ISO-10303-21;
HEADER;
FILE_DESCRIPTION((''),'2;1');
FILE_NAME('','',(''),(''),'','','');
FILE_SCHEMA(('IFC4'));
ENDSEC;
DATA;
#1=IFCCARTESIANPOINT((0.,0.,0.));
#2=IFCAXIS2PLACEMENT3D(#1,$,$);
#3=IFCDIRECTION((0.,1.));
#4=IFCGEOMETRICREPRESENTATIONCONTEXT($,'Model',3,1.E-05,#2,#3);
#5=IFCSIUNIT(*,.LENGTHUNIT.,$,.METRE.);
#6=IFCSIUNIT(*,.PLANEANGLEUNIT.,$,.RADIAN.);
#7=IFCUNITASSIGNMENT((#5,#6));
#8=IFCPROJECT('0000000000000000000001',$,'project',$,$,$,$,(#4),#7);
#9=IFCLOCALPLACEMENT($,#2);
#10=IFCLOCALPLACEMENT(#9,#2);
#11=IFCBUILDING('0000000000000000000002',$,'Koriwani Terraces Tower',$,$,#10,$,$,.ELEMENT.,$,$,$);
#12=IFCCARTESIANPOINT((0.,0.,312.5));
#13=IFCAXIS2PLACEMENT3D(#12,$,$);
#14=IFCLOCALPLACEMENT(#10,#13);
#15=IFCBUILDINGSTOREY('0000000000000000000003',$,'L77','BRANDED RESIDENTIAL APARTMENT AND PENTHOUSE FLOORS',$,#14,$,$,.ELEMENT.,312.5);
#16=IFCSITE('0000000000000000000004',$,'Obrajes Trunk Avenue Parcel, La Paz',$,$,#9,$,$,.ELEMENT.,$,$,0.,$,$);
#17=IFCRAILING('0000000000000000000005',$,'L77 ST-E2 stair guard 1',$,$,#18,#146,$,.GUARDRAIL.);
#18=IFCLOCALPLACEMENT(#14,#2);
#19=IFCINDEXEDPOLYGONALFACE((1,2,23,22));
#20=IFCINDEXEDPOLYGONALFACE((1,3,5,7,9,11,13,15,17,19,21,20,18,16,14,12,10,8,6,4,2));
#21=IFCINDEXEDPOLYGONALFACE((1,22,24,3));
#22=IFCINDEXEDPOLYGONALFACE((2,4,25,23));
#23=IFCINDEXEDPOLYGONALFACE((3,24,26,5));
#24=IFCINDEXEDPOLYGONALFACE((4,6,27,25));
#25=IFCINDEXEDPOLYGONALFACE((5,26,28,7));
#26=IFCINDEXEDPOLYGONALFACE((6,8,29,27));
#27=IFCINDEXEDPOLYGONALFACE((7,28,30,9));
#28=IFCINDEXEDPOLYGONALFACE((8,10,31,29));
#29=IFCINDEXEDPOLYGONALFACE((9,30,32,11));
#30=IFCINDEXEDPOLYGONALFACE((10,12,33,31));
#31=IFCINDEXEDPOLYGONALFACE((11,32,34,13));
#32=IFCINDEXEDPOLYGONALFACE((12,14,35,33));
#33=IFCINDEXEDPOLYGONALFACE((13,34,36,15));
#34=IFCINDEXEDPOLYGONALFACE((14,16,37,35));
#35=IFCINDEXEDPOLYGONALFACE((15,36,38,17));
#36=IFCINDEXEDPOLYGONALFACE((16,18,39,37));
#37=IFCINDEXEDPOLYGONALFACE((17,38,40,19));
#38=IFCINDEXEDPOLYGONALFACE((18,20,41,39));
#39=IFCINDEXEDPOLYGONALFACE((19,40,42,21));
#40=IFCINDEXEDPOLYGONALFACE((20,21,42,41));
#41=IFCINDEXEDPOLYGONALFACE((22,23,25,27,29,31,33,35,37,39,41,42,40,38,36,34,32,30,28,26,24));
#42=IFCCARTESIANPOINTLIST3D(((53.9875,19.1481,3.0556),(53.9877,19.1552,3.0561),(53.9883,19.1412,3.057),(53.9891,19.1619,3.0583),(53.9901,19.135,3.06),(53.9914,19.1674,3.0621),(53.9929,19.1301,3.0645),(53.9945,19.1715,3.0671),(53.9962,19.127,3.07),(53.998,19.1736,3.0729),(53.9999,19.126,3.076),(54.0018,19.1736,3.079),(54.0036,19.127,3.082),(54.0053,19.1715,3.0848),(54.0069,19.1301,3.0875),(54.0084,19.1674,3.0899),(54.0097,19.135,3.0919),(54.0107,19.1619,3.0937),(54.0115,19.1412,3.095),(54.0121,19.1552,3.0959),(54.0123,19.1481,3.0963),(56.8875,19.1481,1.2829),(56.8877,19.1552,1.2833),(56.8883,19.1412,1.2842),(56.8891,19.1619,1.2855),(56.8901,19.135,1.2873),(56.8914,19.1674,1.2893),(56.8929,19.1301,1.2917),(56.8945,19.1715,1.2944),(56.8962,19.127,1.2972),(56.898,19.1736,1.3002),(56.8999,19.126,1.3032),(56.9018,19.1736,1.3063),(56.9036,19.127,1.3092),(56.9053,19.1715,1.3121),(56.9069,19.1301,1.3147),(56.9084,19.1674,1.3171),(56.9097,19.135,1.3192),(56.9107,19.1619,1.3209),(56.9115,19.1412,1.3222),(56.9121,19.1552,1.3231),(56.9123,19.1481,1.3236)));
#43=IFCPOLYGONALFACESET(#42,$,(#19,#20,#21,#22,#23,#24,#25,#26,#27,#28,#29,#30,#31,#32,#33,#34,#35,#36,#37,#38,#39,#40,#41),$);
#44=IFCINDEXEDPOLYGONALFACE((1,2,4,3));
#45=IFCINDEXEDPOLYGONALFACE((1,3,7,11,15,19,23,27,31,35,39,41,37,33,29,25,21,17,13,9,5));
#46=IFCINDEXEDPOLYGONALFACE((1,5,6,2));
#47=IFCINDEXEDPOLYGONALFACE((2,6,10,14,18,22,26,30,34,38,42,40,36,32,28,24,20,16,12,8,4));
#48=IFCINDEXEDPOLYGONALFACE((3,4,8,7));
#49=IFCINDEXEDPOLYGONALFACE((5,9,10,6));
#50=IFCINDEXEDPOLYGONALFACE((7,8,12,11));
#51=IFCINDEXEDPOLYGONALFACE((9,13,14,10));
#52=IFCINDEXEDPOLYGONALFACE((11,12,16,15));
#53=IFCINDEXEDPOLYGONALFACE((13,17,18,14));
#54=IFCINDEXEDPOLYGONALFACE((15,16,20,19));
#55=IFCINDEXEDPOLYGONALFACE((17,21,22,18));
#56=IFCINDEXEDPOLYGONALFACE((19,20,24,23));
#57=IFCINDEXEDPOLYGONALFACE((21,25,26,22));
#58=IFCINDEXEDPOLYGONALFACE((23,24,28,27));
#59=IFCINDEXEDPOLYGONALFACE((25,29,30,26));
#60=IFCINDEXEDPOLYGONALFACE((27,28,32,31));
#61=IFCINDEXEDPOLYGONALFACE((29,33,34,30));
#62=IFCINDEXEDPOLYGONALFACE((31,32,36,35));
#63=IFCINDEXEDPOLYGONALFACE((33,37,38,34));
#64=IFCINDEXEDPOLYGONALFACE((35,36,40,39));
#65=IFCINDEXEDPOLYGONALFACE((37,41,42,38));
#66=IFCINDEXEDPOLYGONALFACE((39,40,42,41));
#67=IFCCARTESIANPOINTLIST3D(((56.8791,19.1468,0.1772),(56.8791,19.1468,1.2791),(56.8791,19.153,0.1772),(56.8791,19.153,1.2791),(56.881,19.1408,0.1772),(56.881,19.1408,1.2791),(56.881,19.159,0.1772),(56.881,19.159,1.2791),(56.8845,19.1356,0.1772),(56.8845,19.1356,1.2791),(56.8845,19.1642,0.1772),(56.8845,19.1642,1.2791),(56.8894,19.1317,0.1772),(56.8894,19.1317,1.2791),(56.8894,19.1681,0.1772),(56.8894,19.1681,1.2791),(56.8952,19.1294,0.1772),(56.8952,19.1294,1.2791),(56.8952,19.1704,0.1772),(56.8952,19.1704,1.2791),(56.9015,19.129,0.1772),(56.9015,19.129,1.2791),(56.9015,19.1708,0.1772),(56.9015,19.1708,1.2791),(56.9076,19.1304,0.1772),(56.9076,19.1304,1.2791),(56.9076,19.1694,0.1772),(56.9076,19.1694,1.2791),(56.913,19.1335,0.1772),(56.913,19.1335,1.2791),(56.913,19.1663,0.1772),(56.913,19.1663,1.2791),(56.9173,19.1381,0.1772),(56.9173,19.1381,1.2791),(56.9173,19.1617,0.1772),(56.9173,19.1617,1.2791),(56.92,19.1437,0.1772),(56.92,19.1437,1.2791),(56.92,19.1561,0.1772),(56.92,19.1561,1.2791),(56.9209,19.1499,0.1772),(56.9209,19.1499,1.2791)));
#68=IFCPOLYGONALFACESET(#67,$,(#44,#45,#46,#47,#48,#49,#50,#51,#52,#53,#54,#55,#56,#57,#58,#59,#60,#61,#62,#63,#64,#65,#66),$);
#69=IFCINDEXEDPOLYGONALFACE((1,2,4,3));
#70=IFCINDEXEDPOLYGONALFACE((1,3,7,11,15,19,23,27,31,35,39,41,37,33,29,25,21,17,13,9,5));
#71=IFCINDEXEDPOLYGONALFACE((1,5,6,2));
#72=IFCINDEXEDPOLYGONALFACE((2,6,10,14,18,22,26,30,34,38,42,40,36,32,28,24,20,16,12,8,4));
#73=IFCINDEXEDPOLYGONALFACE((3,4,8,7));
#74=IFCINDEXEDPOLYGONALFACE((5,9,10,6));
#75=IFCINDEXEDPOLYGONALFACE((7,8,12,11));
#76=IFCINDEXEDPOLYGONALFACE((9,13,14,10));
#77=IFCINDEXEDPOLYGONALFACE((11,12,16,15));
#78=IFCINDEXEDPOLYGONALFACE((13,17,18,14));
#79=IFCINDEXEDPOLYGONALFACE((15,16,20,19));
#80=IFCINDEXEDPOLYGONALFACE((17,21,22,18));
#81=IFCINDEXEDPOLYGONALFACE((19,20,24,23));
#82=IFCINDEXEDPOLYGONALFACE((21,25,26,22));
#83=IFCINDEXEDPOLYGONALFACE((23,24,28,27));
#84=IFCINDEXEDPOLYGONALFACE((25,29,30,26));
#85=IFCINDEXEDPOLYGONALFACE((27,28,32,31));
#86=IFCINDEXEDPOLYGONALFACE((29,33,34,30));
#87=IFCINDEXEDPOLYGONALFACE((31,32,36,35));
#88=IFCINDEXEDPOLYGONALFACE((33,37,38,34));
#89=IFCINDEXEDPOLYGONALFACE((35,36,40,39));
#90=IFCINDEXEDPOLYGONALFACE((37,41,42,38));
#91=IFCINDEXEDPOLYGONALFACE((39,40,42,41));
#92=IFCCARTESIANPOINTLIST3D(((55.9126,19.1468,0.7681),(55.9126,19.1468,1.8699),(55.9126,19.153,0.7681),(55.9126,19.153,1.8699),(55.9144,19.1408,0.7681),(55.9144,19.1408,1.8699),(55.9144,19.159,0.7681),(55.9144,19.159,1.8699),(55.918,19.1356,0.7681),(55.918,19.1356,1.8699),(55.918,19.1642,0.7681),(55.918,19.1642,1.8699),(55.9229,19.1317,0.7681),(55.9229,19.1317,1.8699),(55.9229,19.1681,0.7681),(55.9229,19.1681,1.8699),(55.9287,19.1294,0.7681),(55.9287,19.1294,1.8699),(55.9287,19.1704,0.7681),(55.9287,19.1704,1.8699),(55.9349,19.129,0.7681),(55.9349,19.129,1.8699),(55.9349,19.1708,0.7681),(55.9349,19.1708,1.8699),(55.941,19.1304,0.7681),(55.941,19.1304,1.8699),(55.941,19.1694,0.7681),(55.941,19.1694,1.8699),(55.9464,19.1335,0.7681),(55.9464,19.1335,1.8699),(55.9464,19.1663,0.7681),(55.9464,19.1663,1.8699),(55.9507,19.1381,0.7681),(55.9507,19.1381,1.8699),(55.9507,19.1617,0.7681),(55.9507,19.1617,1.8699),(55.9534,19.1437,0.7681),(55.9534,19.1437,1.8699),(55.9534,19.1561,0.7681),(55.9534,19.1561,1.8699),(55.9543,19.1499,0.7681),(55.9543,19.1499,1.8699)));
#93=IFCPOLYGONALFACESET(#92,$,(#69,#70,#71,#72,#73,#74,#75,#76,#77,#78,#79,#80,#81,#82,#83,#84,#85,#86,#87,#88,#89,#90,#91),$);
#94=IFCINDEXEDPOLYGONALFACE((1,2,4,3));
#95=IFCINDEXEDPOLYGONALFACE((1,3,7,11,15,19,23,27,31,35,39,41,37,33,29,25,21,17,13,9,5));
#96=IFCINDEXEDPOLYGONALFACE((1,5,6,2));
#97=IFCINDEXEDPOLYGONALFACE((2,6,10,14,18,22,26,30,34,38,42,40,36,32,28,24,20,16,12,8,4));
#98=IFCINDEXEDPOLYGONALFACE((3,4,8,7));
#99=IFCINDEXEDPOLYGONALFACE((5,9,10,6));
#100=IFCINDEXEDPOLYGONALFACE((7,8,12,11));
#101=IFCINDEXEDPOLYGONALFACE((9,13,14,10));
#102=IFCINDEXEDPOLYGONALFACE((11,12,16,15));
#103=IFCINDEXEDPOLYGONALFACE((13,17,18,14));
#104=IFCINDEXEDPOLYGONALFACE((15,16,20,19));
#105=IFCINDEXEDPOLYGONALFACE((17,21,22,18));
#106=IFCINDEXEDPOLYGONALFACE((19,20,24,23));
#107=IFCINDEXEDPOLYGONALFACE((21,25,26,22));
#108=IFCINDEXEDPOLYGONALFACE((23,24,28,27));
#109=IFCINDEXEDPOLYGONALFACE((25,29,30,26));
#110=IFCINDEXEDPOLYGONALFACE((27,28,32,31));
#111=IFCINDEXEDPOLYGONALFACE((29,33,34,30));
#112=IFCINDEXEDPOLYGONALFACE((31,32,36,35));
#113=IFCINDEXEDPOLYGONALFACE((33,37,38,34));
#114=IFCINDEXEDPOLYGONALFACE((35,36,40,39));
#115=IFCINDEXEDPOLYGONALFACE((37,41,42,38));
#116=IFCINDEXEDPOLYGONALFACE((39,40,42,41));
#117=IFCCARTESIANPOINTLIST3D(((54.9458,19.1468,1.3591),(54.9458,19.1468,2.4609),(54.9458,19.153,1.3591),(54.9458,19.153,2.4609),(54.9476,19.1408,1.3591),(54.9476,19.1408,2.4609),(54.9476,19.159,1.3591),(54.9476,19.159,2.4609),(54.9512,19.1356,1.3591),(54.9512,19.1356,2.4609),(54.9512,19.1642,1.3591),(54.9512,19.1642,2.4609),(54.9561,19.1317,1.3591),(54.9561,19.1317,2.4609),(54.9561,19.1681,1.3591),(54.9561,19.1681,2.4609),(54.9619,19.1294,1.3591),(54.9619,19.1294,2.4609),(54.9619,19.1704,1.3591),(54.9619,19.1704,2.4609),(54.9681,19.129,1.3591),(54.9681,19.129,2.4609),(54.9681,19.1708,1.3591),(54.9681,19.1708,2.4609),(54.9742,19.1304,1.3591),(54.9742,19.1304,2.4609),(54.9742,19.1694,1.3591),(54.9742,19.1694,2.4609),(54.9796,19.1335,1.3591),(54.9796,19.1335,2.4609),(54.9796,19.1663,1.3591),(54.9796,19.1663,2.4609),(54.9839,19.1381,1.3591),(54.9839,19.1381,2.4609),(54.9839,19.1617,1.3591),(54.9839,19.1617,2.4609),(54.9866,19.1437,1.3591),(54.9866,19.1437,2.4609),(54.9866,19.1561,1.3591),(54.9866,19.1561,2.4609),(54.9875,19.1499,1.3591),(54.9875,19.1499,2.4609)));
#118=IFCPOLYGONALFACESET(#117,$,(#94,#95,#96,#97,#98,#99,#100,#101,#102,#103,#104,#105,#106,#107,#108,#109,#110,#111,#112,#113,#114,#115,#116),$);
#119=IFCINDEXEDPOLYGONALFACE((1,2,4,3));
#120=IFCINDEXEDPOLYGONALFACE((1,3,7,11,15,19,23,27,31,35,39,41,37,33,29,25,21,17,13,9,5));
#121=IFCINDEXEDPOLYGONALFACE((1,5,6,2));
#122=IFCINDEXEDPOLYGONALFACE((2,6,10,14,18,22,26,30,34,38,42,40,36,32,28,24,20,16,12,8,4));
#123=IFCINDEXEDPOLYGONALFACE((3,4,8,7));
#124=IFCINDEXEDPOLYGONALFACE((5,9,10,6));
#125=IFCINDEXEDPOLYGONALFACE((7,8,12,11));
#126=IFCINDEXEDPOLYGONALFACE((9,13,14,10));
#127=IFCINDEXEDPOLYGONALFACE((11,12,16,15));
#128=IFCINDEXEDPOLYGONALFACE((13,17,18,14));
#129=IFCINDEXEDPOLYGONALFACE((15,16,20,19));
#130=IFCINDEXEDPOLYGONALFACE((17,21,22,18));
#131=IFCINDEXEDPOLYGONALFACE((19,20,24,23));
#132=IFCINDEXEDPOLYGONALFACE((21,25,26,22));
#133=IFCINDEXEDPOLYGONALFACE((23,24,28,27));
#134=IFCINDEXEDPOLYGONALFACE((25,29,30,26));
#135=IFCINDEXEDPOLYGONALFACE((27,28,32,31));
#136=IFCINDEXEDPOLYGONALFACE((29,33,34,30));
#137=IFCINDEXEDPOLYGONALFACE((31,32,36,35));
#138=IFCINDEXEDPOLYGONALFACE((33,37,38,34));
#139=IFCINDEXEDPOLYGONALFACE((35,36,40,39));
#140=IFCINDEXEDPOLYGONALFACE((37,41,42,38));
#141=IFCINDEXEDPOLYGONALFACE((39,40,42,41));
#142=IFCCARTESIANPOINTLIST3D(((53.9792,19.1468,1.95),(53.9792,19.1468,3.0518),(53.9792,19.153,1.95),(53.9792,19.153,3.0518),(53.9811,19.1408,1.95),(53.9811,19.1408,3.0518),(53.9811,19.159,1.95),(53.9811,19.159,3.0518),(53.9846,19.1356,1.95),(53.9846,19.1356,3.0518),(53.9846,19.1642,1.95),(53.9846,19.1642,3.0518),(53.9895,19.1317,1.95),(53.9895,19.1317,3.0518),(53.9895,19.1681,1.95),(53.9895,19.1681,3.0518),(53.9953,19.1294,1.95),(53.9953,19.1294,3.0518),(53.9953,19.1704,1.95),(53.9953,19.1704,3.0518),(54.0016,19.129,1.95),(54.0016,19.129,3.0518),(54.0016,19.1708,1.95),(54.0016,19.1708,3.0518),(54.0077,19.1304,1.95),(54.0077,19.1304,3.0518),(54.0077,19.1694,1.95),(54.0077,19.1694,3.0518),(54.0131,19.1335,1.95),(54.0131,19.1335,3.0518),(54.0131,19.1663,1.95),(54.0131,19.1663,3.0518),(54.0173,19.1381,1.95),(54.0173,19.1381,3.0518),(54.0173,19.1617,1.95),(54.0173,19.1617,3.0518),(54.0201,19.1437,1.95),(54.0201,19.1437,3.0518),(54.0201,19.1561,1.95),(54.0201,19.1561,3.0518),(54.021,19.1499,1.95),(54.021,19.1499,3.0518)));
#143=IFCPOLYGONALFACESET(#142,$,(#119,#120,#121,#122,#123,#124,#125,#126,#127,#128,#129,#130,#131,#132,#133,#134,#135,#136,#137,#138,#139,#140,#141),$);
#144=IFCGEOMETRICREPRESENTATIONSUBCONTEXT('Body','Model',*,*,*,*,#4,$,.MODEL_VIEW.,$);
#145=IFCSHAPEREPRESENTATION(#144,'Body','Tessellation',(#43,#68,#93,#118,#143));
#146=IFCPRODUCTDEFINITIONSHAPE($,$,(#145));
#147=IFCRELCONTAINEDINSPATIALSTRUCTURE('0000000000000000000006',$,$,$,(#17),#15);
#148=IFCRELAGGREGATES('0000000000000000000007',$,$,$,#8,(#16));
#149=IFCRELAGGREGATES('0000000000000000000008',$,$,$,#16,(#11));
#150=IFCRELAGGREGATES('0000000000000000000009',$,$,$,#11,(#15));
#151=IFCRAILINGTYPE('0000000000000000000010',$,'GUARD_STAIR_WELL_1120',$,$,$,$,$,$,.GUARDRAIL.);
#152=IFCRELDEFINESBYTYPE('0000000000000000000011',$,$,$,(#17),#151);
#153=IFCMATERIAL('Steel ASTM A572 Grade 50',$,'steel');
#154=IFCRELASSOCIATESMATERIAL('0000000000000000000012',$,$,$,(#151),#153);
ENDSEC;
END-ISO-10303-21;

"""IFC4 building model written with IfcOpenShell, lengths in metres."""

from ifc_helpers import new_model, si_unit, direction, frame, origin, origin_2d, place, context, subcontext, project, spatial, circle, extrude, material, type_object, element, save


model = new_model("IFC4")

# Units and contexts
model_context = context("Model", 3, precision=1e-05, world=origin(), true_north=direction((0.0, 1.0)))
body_context = subcontext(model_context, "Body", "Model", "MODEL_VIEW")
ifc_project = project(units=[si_unit("LENGTHUNIT", "METRE"), si_unit("PLANEANGLEUNIT", "RADIAN")], contexts=[model_context])

# Site, building, storey
site_placement = place(None, origin())
site = spatial("IfcSite", under=ifc_project, at=site_placement, Name="Obrajes Trunk Avenue Parcel, La Paz", CompositionType="ELEMENT", RefElevation=0.0)
building_placement = place(site_placement, origin())
building = spatial("IfcBuilding", under=site, at=building_placement, Name="Koriwani Terraces Tower", CompositionType="ELEMENT")
storey_placement = place(building_placement, frame((0.0, 0.0, 312.5)))
storey = spatial("IfcBuildingStorey", under=building, at=storey_placement, Name="L77", Description="BRANDED RESIDENTIAL APARTMENT AND PENTHOUSE FLOORS", CompositionType="ELEMENT", Elevation=312.5)

# Shared definitions
ifc_material_1 = material(Name="Steel ASTM A572 Grade 50", Category="steel")

# Railing
railing_type_1 = type_object("IfcRailingType", Name="GUARD_STAIR_WELL_1120", PredefinedType="GUARDRAIL", material=ifc_material_1)
railing_1_placement = place(storey_placement, frame((56.8999, 19.1499, 0.1772)))
element("IfcRailing", 1, at=railing_1_placement, inside=storey, type_object=railing_type_1, Name="L77 ST-E2 stair guard 1", PredefinedType="GUARDRAIL", context=body_context, shape_type="SweptSolid", body=[
    extrude(circle(Radius=0.0239, at=origin_2d()), frame((0.0, 0.0, 1.126), z_axis=(-0.853211, 0.0, 0.521566), x_axis=(0.0, -1.0, 0.0)), (0.0, 0.0, 1.0), 3.3989),
    extrude(circle(Radius=0.021, at=origin_2d()), origin(), (0.0, 0.0, 1.0), 1.1018),
    extrude(circle(Radius=0.021, at=origin_2d()), frame((-0.9666, 0.0, 0.5908)), (0.0, 0.0, 1.0), 1.1018),
    extrude(circle(Radius=0.021, at=origin_2d()), frame((-1.9333, 0.0, 1.1819)), (0.0, 0.0, 1.0), 1.1018),
    extrude(circle(Radius=0.021, at=origin_2d()), frame((-2.8999, 0.0, 1.7727)), (0.0, 0.0, 1.0), 1.1018),
])

save(model, "model.ifc")
